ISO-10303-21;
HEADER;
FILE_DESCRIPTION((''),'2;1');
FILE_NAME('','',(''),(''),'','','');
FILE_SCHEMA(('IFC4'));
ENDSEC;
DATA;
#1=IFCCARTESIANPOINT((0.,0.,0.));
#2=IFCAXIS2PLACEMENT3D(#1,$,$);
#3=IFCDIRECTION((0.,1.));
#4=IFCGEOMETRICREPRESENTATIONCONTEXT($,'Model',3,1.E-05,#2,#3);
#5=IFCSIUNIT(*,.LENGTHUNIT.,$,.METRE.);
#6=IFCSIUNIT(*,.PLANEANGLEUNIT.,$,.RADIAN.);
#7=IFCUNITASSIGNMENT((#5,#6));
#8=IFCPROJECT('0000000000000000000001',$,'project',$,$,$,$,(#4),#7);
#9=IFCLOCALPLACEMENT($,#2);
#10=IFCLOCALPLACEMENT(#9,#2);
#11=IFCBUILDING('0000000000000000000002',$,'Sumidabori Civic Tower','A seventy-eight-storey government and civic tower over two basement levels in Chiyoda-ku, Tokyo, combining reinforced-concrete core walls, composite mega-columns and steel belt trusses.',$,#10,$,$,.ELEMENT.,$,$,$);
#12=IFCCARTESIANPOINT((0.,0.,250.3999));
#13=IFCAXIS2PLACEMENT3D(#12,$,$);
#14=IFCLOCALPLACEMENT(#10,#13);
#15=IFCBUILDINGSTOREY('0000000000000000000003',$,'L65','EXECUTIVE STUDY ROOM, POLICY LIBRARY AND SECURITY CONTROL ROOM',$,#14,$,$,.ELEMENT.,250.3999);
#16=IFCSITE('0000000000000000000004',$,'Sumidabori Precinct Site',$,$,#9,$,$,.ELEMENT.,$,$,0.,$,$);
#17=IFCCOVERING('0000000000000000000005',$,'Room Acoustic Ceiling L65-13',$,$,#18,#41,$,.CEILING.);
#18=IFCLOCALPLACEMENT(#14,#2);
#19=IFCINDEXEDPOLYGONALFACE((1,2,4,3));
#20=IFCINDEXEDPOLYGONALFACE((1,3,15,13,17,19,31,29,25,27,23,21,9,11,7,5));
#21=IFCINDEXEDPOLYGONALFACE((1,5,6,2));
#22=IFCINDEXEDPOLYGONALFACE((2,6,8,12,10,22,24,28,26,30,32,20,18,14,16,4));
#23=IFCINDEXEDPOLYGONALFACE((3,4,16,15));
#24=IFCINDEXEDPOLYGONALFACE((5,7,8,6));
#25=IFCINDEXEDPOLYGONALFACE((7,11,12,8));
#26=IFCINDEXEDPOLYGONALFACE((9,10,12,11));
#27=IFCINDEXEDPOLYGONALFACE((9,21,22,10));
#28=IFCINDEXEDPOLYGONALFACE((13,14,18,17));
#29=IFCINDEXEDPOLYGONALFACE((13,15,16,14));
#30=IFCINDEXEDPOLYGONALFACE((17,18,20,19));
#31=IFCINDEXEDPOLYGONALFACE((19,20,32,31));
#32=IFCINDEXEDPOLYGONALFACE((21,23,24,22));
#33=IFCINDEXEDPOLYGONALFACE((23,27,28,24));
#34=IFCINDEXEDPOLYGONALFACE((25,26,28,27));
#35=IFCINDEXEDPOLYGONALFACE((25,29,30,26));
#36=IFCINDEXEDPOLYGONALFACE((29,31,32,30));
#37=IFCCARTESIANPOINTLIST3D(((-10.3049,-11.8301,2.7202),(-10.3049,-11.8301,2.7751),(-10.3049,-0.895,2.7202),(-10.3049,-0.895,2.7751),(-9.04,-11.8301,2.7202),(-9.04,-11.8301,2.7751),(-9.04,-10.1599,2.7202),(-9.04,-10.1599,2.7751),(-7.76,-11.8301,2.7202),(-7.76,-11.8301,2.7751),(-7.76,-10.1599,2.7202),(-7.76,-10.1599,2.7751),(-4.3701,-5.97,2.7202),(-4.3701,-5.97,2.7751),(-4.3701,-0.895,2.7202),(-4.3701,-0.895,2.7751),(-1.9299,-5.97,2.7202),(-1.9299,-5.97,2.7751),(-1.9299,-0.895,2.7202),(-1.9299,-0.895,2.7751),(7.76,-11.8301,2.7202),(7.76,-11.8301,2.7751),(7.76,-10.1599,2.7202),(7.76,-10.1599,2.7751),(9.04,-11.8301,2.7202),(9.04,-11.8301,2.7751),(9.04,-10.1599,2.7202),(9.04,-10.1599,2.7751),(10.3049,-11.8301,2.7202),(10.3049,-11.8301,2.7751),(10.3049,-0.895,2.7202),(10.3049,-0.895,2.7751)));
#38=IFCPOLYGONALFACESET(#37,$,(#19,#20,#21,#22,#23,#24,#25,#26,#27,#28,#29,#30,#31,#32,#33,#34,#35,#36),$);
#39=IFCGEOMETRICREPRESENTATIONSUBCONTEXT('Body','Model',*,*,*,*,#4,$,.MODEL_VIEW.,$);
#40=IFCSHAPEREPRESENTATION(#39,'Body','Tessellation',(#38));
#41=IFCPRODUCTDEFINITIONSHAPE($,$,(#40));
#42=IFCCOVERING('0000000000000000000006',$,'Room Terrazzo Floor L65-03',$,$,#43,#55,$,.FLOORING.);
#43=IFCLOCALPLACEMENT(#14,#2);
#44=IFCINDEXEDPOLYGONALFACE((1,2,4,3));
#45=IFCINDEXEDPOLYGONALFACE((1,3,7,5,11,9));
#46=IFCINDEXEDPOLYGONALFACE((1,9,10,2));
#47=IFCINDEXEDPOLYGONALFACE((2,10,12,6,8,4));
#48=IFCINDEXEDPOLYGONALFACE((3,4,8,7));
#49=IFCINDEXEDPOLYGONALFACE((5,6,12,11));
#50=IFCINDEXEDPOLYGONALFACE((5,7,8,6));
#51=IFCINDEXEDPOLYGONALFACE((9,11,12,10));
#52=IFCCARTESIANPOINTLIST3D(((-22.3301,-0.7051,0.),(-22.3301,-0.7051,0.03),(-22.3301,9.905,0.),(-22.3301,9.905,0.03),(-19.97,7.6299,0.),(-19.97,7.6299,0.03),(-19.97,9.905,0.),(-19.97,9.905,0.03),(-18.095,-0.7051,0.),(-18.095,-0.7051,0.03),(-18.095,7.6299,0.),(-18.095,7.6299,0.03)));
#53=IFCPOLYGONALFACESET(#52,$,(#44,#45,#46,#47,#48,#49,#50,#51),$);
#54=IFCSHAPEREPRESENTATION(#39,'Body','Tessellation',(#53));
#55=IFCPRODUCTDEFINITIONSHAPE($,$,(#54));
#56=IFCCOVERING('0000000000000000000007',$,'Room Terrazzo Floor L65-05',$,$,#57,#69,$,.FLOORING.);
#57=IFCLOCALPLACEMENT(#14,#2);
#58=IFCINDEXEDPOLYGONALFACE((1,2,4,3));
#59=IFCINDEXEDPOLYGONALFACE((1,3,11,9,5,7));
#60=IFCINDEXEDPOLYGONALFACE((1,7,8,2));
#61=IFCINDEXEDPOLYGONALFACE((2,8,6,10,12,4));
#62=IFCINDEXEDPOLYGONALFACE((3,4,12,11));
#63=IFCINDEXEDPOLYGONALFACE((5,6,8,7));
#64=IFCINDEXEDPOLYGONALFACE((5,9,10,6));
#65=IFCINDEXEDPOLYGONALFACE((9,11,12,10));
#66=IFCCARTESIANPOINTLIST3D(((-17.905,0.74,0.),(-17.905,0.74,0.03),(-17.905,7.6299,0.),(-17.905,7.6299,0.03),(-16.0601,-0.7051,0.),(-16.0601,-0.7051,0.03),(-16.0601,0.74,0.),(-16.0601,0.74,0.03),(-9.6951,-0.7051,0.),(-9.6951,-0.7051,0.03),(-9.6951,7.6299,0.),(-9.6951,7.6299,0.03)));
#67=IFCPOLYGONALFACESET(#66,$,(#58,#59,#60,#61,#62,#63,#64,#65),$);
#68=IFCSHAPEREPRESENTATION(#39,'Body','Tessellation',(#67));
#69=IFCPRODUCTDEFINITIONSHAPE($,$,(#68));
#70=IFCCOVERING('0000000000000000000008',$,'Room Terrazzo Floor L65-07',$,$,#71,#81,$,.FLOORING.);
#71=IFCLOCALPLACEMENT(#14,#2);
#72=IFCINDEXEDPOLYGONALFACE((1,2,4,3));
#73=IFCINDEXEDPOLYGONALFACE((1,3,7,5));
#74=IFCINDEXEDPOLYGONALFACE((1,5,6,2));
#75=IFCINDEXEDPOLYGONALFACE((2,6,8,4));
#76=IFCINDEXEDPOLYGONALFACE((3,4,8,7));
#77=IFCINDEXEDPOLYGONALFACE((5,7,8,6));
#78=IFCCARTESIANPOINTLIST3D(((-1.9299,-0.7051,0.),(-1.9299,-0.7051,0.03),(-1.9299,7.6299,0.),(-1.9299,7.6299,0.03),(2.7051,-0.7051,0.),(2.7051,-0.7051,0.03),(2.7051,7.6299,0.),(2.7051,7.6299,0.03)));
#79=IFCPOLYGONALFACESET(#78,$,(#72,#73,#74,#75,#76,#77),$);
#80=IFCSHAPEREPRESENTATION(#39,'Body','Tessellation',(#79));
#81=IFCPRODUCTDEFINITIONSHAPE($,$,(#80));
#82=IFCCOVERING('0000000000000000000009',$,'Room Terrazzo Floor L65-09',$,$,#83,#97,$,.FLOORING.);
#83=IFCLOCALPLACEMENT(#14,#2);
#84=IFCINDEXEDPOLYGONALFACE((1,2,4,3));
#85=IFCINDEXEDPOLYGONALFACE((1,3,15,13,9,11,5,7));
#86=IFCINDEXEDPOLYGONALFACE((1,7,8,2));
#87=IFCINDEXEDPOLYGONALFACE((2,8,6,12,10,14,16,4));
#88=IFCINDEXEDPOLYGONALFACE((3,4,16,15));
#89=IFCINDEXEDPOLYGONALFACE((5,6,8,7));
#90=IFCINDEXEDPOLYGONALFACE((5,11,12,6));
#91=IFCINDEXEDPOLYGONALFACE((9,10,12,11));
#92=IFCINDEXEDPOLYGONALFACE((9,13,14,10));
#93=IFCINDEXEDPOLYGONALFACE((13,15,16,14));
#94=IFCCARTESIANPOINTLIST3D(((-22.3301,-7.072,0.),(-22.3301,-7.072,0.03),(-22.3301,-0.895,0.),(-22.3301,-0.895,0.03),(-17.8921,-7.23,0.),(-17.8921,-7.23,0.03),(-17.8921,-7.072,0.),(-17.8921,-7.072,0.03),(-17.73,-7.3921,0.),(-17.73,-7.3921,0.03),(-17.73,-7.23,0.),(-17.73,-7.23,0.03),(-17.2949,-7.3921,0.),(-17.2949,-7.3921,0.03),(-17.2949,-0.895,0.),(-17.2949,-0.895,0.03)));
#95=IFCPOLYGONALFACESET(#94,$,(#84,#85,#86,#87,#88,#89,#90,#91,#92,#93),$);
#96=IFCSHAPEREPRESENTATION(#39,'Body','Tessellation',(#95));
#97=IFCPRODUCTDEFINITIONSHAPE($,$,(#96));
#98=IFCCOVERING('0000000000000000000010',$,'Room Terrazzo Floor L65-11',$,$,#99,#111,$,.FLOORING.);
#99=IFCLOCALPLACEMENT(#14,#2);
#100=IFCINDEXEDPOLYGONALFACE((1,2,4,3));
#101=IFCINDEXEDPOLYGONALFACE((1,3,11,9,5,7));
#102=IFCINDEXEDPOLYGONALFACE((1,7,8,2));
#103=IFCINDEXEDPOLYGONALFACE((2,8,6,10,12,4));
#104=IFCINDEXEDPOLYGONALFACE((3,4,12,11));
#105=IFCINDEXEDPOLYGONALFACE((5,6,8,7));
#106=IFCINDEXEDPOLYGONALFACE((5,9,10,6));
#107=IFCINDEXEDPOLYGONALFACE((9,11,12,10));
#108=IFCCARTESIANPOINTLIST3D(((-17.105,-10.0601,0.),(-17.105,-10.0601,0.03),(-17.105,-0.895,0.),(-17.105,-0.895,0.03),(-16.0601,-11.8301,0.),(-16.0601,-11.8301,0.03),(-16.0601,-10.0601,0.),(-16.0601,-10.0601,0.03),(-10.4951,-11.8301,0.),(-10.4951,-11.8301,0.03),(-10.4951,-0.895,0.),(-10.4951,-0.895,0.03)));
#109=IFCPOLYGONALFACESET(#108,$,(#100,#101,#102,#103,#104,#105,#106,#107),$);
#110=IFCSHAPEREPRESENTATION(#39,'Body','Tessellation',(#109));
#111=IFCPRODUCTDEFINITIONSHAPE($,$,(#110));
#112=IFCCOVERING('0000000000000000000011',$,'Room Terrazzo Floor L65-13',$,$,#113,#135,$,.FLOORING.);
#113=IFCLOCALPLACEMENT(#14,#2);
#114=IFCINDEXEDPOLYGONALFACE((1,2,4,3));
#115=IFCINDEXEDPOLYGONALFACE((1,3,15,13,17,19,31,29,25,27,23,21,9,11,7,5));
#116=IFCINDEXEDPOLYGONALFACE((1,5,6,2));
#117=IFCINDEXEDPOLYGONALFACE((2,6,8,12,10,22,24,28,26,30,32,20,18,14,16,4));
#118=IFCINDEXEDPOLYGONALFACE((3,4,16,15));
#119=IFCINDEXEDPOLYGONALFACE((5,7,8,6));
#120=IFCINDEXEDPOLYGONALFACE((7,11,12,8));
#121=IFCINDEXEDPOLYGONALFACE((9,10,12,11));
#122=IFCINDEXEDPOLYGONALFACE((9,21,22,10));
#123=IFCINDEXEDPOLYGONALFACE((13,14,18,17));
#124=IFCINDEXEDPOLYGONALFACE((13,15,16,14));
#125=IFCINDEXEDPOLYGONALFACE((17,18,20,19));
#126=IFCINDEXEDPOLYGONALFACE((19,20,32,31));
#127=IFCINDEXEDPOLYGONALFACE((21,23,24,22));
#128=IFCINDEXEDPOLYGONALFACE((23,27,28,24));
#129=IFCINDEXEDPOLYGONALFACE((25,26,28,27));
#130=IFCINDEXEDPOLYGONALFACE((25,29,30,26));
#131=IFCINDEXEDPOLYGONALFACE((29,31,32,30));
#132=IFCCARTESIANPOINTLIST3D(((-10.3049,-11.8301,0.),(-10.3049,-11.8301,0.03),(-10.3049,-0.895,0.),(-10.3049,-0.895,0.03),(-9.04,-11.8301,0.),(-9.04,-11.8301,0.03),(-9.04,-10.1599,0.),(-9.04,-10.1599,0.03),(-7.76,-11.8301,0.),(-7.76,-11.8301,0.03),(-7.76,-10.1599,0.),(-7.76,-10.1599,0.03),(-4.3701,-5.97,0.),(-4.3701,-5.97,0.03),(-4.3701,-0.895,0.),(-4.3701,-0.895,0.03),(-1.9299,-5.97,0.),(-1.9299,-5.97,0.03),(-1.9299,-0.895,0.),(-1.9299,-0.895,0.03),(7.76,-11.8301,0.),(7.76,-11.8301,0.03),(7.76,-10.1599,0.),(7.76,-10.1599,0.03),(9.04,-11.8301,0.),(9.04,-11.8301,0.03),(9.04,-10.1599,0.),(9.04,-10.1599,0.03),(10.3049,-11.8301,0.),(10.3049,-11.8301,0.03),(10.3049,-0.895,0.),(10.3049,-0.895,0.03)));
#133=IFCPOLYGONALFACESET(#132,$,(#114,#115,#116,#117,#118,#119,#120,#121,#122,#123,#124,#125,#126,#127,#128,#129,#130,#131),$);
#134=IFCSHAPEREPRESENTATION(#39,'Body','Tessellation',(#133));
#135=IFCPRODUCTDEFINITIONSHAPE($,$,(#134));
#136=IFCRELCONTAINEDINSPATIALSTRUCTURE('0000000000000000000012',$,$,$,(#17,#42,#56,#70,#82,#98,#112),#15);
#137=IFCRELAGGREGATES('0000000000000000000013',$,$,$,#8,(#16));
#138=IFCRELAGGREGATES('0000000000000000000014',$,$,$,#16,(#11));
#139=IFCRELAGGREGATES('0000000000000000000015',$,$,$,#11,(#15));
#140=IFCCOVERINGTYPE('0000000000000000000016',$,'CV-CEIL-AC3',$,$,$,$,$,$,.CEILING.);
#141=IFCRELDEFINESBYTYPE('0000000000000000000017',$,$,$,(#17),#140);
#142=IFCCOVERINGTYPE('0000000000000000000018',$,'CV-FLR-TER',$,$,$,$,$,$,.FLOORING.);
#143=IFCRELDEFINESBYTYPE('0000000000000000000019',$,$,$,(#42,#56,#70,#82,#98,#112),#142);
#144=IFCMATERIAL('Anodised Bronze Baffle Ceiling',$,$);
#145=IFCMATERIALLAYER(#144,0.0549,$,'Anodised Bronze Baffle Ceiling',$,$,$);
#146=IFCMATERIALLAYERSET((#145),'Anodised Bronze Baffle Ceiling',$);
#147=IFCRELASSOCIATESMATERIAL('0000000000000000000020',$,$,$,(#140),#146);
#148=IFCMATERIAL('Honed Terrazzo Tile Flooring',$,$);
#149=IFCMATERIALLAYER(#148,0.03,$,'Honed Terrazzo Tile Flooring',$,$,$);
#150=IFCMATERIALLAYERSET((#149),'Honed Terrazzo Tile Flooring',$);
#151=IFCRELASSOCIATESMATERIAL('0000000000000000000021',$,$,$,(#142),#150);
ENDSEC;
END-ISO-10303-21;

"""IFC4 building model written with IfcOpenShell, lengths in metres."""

from ifc_helpers import new_model, si_unit, direction, frame, origin, place, context, subcontext, project, spatial, polyline, outline, extrude, material, layer, layer_set, type_object, element, save


model = new_model("IFC4")

# Units and contexts
model_context = context("Model", 3, precision=1e-05, world=origin(), true_north=direction((0.0, 1.0)))
body_context = subcontext(model_context, "Body", "Model", "MODEL_VIEW")
ifc_project = project(units=[si_unit("LENGTHUNIT", "METRE"), si_unit("PLANEANGLEUNIT", "RADIAN")], contexts=[model_context])

# Site, building, storey
site_placement = place(None, origin())
site = spatial("IfcSite", under=ifc_project, at=site_placement, Name="Sumidabori Precinct Site", CompositionType="ELEMENT", RefElevation=0.0)
building_placement = place(site_placement, origin())
building = spatial("IfcBuilding", under=site, at=building_placement, Name="Sumidabori Civic Tower", Description="A seventy-eight-storey government and civic tower over two basement levels in Chiyoda-ku, Tokyo, combining reinforced-concrete core walls, composite mega-columns and steel belt trusses.", CompositionType="ELEMENT")
storey_placement = place(building_placement, frame((0.0, 0.0, 250.3999)))
storey = spatial("IfcBuildingStorey", under=building, at=storey_placement, Name="L65", Description="EXECUTIVE STUDY ROOM, POLICY LIBRARY AND SECURITY CONTROL ROOM", CompositionType="ELEMENT", Elevation=250.3999)

# Coverings
ifc_material_1 = material(Name="Anodised Bronze Baffle Ceiling")
ifc_layer_1 = layer(ifc_material_1, 0.0549, Name="Anodised Bronze Baffle Ceiling")
ifc_layer_set_1 = layer_set([ifc_layer_1], Name="Anodised Bronze Baffle Ceiling")
covering_type_1 = type_object("IfcCoveringType", Name="CV-CEIL-AC3", PredefinedType="CEILING", material=ifc_layer_set_1)
covering_1_placement = place(storey_placement, frame((0.0, 0.0, 2.7202)))
element("IfcCovering", 1, at=covering_1_placement, inside=storey, type_object=covering_type_1, Name="Room Acoustic Ceiling L65-13", PredefinedType="CEILING", context=body_context, shape_type="SweptSolid", body=[
    extrude(outline(polyline([(-4.3701, -5.97), (-1.9299, -5.97), (-1.9299, -0.895), (10.3049, -0.895), (10.3049, -11.8301), (9.04, -11.8301), (9.04, -10.1599), (7.76, -10.1599), (7.76, -11.8301), (-7.76, -11.8301), (-7.76, -10.1599), (-9.04, -10.1599), (-9.04, -11.8301), (-10.3049, -11.8301), (-10.3049, -0.895), (-4.3701, -0.895), (-4.3701, -5.97)])), origin(), (0.0, 0.0, 1.0), 0.0549),
])
ifc_material_2 = material(Name="Honed Terrazzo Tile Flooring")
ifc_layer_2 = layer(ifc_material_2, 0.03, Name="Honed Terrazzo Tile Flooring")
ifc_layer_set_2 = layer_set([ifc_layer_2], Name="Honed Terrazzo Tile Flooring")
covering_type_2 = type_object("IfcCoveringType", Name="CV-FLR-TER", PredefinedType="FLOORING", material=ifc_layer_set_2)
covering_2_placement = place(storey_placement, origin())
element("IfcCovering", 2, at=covering_2_placement, inside=storey, type_object=covering_type_2, Name="Room Terrazzo Floor L65-03", PredefinedType="FLOORING", context=body_context, shape_type="SweptSolid", body=[
    extrude(outline(polyline([(-19.97, 7.6299), (-18.095, 7.6299), (-18.095, -0.7051), (-22.3301, -0.7051), (-22.3301, 9.905), (-19.97, 9.905), (-19.97, 7.6299)])), origin(), (0.0, 0.0, 1.0), 0.03),
])
covering_3_placement = place(storey_placement, origin())
element("IfcCovering", 3, at=covering_3_placement, inside=storey, type_object=covering_type_2, Name="Room Terrazzo Floor L65-05", PredefinedType="FLOORING", context=body_context, shape_type="SweptSolid", body=[
    extrude(outline(polyline([(-17.905, 7.6299), (-9.6951, 7.6299), (-9.6951, -0.7051), (-16.0601, -0.7051), (-16.0601, 0.74), (-17.905, 0.74), (-17.905, 7.6299)])), origin(), (0.0, 0.0, 1.0), 0.03),
])
covering_4_placement = place(storey_placement, origin())
element("IfcCovering", 4, at=covering_4_placement, inside=storey, type_object=covering_type_2, Name="Room Terrazzo Floor L65-07", PredefinedType="FLOORING", context=body_context, shape_type="SweptSolid", body=[
    extrude(outline(polyline([(-1.9299, 7.6299), (2.7051, 7.6299), (2.7051, -0.7051), (-1.9299, -0.7051), (-1.9299, 7.6299)])), origin(), (0.0, 0.0, 1.0), 0.03),
])
covering_5_placement = place(storey_placement, origin())
element("IfcCovering", 5, at=covering_5_placement, inside=storey, type_object=covering_type_2, Name="Room Terrazzo Floor L65-09", PredefinedType="FLOORING", context=body_context, shape_type="SweptSolid", body=[
    extrude(outline(polyline([(-22.3301, -7.072), (-22.3301, -0.895), (-17.2949, -0.895), (-17.2949, -7.3921), (-17.73, -7.3921), (-17.73, -7.23), (-17.8921, -7.23), (-17.8921, -7.072), (-22.3301, -7.072)])), origin(), (0.0, 0.0, 1.0), 0.03),
])
covering_6_placement = place(storey_placement, origin())
element("IfcCovering", 6, at=covering_6_placement, inside=storey, type_object=covering_type_2, Name="Room Terrazzo Floor L65-11", PredefinedType="FLOORING", context=body_context, shape_type="SweptSolid", body=[
    extrude(outline(polyline([(-16.0601, -10.0601), (-17.105, -10.0601), (-17.105, -0.895), (-10.4951, -0.895), (-10.4951, -11.8301), (-16.0601, -11.8301), (-16.0601, -10.0601)])), origin(), (0.0, 0.0, 1.0), 0.03),
])
covering_7_placement = place(storey_placement, origin())
element("IfcCovering", 7, at=covering_7_placement, inside=storey, type_object=covering_type_2, Name="Room Terrazzo Floor L65-13", PredefinedType="FLOORING", context=body_context, shape_type="SweptSolid", body=[
    extrude(outline(polyline([(-4.3701, -5.97), (-1.9299, -5.97), (-1.9299, -0.895), (10.3049, -0.895), (10.3049, -11.8301), (9.04, -11.8301), (9.04, -10.1599), (7.76, -10.1599), (7.76, -11.8301), (-7.76, -11.8301), (-7.76, -10.1599), (-9.04, -10.1599), (-9.04, -11.8301), (-10.3049, -11.8301), (-10.3049, -0.895), (-4.3701, -0.895), (-4.3701, -5.97)])), origin(), (0.0, 0.0, 1.0), 0.03),
])

save(model, "model.ifc")
